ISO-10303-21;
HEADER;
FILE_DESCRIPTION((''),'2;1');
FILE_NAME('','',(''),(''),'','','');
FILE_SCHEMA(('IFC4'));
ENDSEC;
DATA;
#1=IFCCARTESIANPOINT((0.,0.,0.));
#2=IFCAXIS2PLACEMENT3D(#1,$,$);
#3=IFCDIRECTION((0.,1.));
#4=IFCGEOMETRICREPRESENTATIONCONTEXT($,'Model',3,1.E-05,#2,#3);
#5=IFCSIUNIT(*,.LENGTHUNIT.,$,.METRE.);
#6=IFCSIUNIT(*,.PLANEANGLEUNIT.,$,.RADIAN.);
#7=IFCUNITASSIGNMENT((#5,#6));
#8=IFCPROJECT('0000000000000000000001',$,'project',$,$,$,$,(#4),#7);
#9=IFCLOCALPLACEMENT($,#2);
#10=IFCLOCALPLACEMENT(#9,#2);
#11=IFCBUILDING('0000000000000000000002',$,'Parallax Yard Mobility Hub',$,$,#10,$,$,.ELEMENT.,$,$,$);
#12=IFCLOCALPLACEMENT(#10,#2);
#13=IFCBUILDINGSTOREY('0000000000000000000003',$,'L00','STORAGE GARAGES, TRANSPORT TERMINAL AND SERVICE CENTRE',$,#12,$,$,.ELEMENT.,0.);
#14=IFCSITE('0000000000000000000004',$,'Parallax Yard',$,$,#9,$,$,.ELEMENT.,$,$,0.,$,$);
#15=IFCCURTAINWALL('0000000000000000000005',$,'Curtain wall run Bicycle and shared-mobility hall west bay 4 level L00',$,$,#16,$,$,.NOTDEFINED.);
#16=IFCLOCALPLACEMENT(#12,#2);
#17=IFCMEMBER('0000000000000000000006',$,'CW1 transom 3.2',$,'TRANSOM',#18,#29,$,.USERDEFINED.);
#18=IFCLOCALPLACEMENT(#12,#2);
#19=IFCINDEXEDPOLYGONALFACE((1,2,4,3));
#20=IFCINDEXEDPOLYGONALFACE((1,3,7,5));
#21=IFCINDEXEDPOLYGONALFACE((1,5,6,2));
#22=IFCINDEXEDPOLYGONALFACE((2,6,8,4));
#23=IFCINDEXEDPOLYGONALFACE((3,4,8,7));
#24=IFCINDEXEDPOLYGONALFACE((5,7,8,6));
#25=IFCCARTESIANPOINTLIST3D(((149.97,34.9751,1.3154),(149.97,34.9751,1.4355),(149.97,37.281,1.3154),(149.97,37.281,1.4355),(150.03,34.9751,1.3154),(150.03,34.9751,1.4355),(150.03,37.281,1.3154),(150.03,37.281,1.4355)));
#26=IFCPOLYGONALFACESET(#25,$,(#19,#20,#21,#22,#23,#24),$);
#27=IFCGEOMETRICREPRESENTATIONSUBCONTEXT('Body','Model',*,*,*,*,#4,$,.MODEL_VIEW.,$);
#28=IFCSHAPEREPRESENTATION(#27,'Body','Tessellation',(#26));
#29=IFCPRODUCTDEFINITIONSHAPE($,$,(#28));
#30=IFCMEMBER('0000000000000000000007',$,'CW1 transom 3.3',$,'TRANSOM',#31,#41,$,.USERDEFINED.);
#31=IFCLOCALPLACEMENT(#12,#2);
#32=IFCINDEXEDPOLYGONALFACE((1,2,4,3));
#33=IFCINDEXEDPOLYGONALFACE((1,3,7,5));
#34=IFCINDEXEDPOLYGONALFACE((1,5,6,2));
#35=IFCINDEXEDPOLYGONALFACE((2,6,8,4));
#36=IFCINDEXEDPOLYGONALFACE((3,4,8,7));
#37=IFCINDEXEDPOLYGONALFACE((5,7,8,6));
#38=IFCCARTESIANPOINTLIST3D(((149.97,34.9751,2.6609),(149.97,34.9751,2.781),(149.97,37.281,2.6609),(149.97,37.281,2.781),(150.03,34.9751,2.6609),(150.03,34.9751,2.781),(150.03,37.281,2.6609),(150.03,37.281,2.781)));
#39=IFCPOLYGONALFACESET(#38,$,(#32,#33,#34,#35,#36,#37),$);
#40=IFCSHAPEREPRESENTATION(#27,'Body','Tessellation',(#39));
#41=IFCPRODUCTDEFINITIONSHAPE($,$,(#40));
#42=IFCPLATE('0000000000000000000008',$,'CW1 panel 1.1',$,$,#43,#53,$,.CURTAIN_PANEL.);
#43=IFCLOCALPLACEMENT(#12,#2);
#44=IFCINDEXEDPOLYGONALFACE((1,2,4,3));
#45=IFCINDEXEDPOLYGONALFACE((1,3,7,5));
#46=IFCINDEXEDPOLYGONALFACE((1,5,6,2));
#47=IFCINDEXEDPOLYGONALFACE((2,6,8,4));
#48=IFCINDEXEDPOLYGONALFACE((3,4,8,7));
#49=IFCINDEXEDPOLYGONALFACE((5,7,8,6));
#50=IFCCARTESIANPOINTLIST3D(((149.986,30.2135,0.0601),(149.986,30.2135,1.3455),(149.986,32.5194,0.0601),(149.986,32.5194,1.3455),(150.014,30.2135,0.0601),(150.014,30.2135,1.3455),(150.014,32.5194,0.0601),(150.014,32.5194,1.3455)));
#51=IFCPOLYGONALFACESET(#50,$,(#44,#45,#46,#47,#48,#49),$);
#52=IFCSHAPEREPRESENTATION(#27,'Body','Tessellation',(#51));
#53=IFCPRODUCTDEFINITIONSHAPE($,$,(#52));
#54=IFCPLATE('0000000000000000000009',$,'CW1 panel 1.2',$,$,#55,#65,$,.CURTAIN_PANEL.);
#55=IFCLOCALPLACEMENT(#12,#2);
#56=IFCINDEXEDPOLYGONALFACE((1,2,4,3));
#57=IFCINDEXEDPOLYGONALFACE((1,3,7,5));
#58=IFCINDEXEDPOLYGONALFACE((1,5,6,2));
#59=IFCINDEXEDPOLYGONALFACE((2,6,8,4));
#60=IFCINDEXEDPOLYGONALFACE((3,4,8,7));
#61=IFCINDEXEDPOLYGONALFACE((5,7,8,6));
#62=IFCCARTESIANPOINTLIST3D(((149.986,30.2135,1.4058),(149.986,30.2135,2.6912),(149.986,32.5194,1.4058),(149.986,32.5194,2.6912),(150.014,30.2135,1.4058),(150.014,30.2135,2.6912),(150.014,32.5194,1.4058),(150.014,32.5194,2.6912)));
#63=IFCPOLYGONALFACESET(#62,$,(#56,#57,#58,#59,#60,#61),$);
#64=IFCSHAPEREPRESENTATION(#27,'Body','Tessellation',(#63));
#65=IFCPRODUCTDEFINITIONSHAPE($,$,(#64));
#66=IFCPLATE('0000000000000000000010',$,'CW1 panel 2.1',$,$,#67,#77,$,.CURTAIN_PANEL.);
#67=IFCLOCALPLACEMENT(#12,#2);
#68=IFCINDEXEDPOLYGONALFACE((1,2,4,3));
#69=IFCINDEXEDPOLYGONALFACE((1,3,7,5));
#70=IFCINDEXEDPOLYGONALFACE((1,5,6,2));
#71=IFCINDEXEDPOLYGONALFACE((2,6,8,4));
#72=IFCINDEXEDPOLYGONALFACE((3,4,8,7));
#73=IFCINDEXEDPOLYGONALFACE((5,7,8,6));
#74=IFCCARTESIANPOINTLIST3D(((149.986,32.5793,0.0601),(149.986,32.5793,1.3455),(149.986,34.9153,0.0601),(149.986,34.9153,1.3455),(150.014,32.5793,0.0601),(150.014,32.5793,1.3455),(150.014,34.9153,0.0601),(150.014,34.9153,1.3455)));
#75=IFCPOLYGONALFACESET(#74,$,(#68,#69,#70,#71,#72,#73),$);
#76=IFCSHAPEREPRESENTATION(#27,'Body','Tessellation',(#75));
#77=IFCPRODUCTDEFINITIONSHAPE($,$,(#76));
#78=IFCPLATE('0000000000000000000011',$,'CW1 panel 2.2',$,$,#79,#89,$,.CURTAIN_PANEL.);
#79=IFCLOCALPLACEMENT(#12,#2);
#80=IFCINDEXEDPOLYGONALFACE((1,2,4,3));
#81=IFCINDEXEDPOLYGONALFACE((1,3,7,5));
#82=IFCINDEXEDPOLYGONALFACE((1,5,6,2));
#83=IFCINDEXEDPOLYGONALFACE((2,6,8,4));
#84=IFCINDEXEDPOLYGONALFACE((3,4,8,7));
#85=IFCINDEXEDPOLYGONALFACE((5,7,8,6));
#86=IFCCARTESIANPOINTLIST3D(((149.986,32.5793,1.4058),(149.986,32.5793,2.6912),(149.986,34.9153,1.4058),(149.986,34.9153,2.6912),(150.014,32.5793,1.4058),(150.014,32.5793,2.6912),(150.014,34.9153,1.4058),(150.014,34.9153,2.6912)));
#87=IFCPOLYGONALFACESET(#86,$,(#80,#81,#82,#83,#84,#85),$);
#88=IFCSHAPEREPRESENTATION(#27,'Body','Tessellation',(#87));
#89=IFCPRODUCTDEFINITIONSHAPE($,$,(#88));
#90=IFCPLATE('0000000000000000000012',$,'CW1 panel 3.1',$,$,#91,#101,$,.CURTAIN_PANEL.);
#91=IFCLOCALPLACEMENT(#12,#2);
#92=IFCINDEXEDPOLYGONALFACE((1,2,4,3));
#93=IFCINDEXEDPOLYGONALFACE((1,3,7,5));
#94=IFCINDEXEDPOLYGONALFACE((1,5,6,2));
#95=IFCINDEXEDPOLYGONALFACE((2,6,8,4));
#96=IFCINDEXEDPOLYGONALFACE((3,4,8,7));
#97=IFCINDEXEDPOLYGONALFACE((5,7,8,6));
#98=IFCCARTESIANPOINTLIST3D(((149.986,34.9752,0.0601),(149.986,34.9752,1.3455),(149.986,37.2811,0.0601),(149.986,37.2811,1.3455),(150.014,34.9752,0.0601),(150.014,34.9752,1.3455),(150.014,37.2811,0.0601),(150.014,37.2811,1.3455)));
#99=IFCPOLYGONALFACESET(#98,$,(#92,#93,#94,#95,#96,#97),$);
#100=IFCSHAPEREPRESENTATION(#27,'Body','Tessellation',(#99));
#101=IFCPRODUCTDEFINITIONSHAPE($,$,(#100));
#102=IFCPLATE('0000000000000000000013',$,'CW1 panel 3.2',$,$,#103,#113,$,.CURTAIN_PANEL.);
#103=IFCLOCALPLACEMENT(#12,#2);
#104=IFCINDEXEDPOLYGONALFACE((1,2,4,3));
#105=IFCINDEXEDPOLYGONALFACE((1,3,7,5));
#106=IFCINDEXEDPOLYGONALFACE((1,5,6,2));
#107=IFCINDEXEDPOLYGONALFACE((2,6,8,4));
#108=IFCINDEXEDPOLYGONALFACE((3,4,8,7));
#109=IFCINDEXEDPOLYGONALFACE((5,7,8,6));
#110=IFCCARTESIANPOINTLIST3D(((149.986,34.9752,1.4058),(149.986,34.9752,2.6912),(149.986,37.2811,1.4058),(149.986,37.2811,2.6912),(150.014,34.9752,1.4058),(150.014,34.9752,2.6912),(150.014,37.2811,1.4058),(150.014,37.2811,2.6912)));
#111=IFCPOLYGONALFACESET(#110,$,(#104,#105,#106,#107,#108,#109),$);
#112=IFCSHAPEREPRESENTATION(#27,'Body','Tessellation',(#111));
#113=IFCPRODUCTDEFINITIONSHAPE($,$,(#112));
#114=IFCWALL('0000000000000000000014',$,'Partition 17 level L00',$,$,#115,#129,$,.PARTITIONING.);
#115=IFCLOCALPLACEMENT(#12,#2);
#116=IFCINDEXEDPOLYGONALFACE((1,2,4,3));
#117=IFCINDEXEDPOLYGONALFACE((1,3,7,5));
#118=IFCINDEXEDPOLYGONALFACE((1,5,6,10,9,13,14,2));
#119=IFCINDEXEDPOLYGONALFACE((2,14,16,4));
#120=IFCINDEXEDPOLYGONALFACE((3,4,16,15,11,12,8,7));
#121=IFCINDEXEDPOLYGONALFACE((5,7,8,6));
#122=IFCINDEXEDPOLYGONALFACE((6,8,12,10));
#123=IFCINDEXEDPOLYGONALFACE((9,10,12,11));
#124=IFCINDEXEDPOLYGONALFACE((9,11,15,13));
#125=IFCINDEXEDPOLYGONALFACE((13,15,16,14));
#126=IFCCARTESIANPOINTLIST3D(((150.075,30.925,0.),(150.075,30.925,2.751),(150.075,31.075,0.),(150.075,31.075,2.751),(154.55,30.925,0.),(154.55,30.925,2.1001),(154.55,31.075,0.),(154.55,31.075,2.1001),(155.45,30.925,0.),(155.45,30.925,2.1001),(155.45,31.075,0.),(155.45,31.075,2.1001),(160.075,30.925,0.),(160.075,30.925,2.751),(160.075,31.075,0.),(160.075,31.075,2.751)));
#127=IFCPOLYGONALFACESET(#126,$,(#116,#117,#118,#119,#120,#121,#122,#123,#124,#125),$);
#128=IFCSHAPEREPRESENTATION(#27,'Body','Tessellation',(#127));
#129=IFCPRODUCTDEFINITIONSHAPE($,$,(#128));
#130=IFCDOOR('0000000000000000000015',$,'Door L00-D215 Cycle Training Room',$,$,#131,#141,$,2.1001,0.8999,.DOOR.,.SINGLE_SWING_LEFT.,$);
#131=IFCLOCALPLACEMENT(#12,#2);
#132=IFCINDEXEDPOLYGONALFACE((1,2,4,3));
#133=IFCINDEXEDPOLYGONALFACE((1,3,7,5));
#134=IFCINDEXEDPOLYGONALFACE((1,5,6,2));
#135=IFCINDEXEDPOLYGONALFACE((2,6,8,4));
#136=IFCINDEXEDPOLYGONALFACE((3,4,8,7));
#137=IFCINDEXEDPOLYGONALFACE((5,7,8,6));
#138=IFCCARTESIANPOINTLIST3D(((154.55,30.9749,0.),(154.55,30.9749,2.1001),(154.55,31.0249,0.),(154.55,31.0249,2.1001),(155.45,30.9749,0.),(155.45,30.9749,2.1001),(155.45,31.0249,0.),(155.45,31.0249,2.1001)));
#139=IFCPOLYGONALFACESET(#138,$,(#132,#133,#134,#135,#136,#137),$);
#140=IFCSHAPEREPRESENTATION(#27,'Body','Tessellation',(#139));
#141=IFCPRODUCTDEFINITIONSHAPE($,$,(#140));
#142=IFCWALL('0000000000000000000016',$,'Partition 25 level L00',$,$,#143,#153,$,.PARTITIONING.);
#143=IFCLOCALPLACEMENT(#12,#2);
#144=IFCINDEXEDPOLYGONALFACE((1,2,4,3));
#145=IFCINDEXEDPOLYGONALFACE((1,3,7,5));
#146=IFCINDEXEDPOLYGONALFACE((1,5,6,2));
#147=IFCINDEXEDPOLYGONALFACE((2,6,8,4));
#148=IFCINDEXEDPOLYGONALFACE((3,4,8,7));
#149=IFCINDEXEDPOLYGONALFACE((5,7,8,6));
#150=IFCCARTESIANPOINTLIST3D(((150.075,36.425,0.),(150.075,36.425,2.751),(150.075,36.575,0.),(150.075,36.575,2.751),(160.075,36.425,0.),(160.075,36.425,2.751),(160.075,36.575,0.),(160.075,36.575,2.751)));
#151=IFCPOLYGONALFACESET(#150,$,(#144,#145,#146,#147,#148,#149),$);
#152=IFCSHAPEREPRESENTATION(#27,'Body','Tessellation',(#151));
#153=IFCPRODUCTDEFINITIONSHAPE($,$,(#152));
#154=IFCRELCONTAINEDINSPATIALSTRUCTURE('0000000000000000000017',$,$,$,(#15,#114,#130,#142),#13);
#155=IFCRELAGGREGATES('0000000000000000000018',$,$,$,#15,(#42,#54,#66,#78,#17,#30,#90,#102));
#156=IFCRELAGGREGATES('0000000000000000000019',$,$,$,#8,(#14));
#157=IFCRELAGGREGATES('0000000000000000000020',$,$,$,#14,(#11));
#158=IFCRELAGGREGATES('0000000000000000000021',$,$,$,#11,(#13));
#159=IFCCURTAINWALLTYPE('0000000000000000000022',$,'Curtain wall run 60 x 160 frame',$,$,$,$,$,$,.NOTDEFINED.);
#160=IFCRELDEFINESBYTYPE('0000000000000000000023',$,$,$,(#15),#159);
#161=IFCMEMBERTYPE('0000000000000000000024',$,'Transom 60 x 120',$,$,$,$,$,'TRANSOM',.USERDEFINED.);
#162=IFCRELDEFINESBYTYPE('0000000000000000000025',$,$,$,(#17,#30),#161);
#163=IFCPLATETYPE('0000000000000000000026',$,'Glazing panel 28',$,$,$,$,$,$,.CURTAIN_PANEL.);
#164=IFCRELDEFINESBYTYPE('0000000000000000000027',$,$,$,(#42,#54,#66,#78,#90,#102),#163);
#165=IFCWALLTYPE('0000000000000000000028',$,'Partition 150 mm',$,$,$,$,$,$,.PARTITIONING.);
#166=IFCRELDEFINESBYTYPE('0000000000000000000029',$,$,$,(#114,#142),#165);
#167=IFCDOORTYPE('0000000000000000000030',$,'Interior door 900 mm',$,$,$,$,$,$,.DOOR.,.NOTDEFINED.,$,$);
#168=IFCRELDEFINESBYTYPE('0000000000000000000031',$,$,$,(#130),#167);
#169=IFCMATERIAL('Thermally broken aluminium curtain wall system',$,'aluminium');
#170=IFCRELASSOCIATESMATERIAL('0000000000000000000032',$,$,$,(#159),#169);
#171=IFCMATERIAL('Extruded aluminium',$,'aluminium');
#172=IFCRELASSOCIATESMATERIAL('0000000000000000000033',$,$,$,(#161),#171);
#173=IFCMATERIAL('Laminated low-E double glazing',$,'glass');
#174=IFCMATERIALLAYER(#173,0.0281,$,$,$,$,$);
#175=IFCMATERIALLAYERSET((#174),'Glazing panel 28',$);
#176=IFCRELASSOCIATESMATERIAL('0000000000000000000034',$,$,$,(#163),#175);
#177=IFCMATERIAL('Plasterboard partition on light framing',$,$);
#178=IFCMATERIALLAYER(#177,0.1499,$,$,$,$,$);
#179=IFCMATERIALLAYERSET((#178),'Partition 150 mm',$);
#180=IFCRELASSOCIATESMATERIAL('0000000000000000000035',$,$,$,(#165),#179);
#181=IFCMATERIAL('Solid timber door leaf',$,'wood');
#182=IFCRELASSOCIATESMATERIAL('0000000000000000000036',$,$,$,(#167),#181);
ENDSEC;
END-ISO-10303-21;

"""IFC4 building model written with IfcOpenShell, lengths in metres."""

from ifc_helpers import new_model, si_unit, direction, frame, frame_2d, origin, origin_2d, place, context, subcontext, project, spatial, rectangle, extrude, material, layer, layer_set, material_profile, profile_set, type_object, element, fill, aggregate, save


model = new_model("IFC4")

# Units and contexts
model_context = context("Model", 3, precision=1e-05, world=origin(), true_north=direction((0.0, 1.0)))
body_context = subcontext(model_context, "Body", "Model", "MODEL_VIEW")
ifc_project = project(units=[si_unit("LENGTHUNIT", "METRE"), si_unit("PLANEANGLEUNIT", "RADIAN")], contexts=[model_context])

# Site, building, storey
site_placement = place(None, origin())
site = spatial("IfcSite", under=ifc_project, at=site_placement, Name="Parallax Yard", CompositionType="ELEMENT", RefElevation=0.0)
building_placement = place(site_placement, origin())
building = spatial("IfcBuilding", under=site, at=building_placement, Name="Parallax Yard Mobility Hub", CompositionType="ELEMENT")
storey_placement = place(building_placement, origin())
storey = spatial("IfcBuildingStorey", under=building, at=storey_placement, Name="L00", Description="STORAGE GARAGES, TRANSPORT TERMINAL AND SERVICE CENTRE", CompositionType="ELEMENT", Elevation=0.0)

# Curtain wall, members, plates
ifc_material_1 = material(Name="Thermally broken aluminium curtain wall system", Category="aluminium")
curtain_wall_type = type_object("IfcCurtainWallType", Name="Curtain wall run 60 x 160 frame", PredefinedType="NOTDEFINED", material=ifc_material_1)
curtain_wall_placement = place(storey_placement, origin())
curtain_wall = element("IfcCurtainWall", 1, at=curtain_wall_placement, inside=storey, type_object=curtain_wall_type, Name="Curtain wall run Bicycle and shared-mobility hall west bay 4 level L00", PredefinedType="NOTDEFINED")
ifc_material_2 = material(Name="Extruded aluminium", Category="aluminium")
ifc_material_profile_1 = material_profile(ifc_material_2, rectangle(XDim=0.0601, YDim=0.1201, at=origin_2d()), Name="Transom 60 x 120")
ifc_profile_set_1 = profile_set([ifc_material_profile_1], Name="Extruded aluminium")
member_type_1 = type_object("IfcMemberType", Name="Transom 60 x 120", ElementType="TRANSOM", PredefinedType="USERDEFINED", material=ifc_profile_set_1)
member_1_placement = place(storey_placement, frame((150.0, 34.9751, 1.3755), z_axis=(0.0, 1.0, 0.0), x_axis=(-1.0, 0.0, 0.0)))
member_1 = element("IfcMember", 2, at=member_1_placement, type_object=member_type_1, Name="CW1 transom 3.2", ObjectType="TRANSOM", PredefinedType="USERDEFINED", context=body_context, shape_type="SweptSolid", body=[
    extrude(rectangle(XDim=0.0601, YDim=0.1201, at=origin_2d()), origin(), (0.0, 0.0, 1.0), 2.3059),
])
member_2_placement = place(storey_placement, frame((150.0, 34.9751, 2.7209), z_axis=(0.0, 1.0, 0.0), x_axis=(-1.0, 0.0, 0.0)))
member_2 = element("IfcMember", 3, at=member_2_placement, type_object=member_type_1, Name="CW1 transom 3.3", ObjectType="TRANSOM", PredefinedType="USERDEFINED", context=body_context, shape_type="SweptSolid", body=[
    extrude(rectangle(XDim=0.0601, YDim=0.1201, at=origin_2d()), origin(), (0.0, 0.0, 1.0), 2.3059),
])
ifc_material_3 = material(Name="Laminated low-E double glazing", Category="glass")
ifc_layer_1 = layer(ifc_material_3, 0.0281)
ifc_layer_set_1 = layer_set([ifc_layer_1], Name="Glazing panel 28")
plate_type = type_object("IfcPlateType", Name="Glazing panel 28", PredefinedType="CURTAIN_PANEL", material=ifc_layer_set_1)
plate_1_placement = place(storey_placement, frame((150.0, 31.3665, 0.0601), z_axis=(0.0, 0.0, 1.0), x_axis=(0.0, 1.0, 0.0)))
plate_1 = element("IfcPlate", 4, at=plate_1_placement, type_object=plate_type, Name="CW1 panel 1.1", PredefinedType="CURTAIN_PANEL", context=body_context, shape_type="SweptSolid", body=[
    extrude(rectangle(XDim=2.3059, YDim=0.0281, at=origin_2d()), origin(), (0.0, 0.0, 1.0), 1.2854),
])
plate_2_placement = place(storey_placement, frame((150.0, 31.3665, 1.4058), z_axis=(0.0, 0.0, 1.0), x_axis=(0.0, 1.0, 0.0)))
plate_2 = element("IfcPlate", 5, at=plate_2_placement, type_object=plate_type, Name="CW1 panel 1.2", PredefinedType="CURTAIN_PANEL", context=body_context, shape_type="SweptSolid", body=[
    extrude(rectangle(XDim=2.3059, YDim=0.0281, at=origin_2d()), origin(), (0.0, 0.0, 1.0), 1.2854),
])
plate_3_placement = place(storey_placement, frame((150.0, 33.7473, 0.0601), z_axis=(0.0, 0.0, 1.0), x_axis=(0.0, 1.0, 0.0)))
plate_3 = element("IfcPlate", 6, at=plate_3_placement, type_object=plate_type, Name="CW1 panel 2.1", PredefinedType="CURTAIN_PANEL", context=body_context, shape_type="SweptSolid", body=[
    extrude(rectangle(XDim=2.3359, YDim=0.0281, at=origin_2d()), origin(), (0.0, 0.0, 1.0), 1.2854),
])
plate_4_placement = place(storey_placement, frame((150.0, 33.7473, 1.4058), z_axis=(0.0, 0.0, 1.0), x_axis=(0.0, 1.0, 0.0)))
plate_4 = element("IfcPlate", 7, at=plate_4_placement, type_object=plate_type, Name="CW1 panel 2.2", PredefinedType="CURTAIN_PANEL", context=body_context, shape_type="SweptSolid", body=[
    extrude(rectangle(XDim=2.3359, YDim=0.0281, at=origin_2d()), origin(), (0.0, 0.0, 1.0), 1.2854),
])
plate_5_placement = place(storey_placement, frame((150.0, 36.1282, 0.0601), z_axis=(0.0, 0.0, 1.0), x_axis=(0.0, 1.0, 0.0)))
plate_5 = element("IfcPlate", 8, at=plate_5_placement, type_object=plate_type, Name="CW1 panel 3.1", PredefinedType="CURTAIN_PANEL", context=body_context, shape_type="SweptSolid", body=[
    extrude(rectangle(XDim=2.3059, YDim=0.0281, at=origin_2d()), origin(), (0.0, 0.0, 1.0), 1.2854),
])
plate_6_placement = place(storey_placement, frame((150.0, 36.1282, 1.4058), z_axis=(0.0, 0.0, 1.0), x_axis=(0.0, 1.0, 0.0)))
plate_6 = element("IfcPlate", 9, at=plate_6_placement, type_object=plate_type, Name="CW1 panel 3.2", PredefinedType="CURTAIN_PANEL", context=body_context, shape_type="SweptSolid", body=[
    extrude(rectangle(XDim=2.3059, YDim=0.0281, at=origin_2d()), origin(), (0.0, 0.0, 1.0), 1.2854),
])
aggregate(curtain_wall, [plate_1, plate_2, plate_3, plate_4, member_1, member_2, plate_5, plate_6])

# Wall, opening, door
ifc_material_4 = material(Name="Plasterboard partition on light framing")
ifc_layer_2 = layer(ifc_material_4, 0.1499)
ifc_layer_set_2 = layer_set([ifc_layer_2], Name="Partition 150 mm")
wall_type = type_object("IfcWallType", Name="Partition 150 mm", PredefinedType="PARTITIONING", material=ifc_layer_set_2)
wall_1_placement = place(storey_placement, frame((150.075, 31.0, 0.0), z_axis=(0.0, 0.0, 1.0), x_axis=(1.0, 0.0, 0.0)))
wall_1 = element("IfcWall", 10, at=wall_1_placement, inside=storey, type_object=wall_type, Name="Partition 17 level L00", PredefinedType="PARTITIONING", context=body_context, shape_type="SweptSolid", body=[
    extrude(rectangle(XDim=10.0, YDim=0.1499, at=frame_2d((5.0, 0.0))), origin(), (0.0, 0.0, 1.0), 2.751),
])
opening_placement = place(wall_1_placement, frame((4.4751, 0.0, 0.0)))
opening = element("IfcOpeningElement", 11, at=opening_placement, cuts=wall_1, PredefinedType="OPENING", context=body_context, shape_type="SweptSolid", body=[
    extrude(rectangle(XDim=0.8999, YDim=2.1001, at=frame_2d((0.45, 1.05))), frame((0.0, 0.085, 0.0), z_axis=(0.0, -1.0, 0.0), x_axis=(1.0, 0.0, 0.0)), (0.0, 0.0, 1.0), 0.1699),
])
ifc_material_5 = material(Name="Solid timber door leaf", Category="wood")
door_type = type_object("IfcDoorType", Name="Interior door 900 mm", OperationType="NOTDEFINED", PredefinedType="DOOR", material=ifc_material_5)
door_placement = place(opening_placement, origin())
door = element("IfcDoor", 12, at=door_placement, inside=storey, type_object=door_type, Name="Door L00-D215 Cycle Training Room", OperationType="SINGLE_SWING_LEFT", OverallHeight=2.1001, OverallWidth=0.8999, PredefinedType="DOOR", context=body_context, shape_type="SweptSolid", body=[
    extrude(rectangle(XDim=0.8999, YDim=2.1001, at=frame_2d((0.45, 1.05))), frame((0.0, 0.0249, 0.0), z_axis=(0.0, -1.0, 0.0), x_axis=(1.0, 0.0, 0.0)), (0.0, 0.0, 1.0), 0.05),
])
fill(opening, door)

# Wall
wall_2_placement = place(storey_placement, frame((150.075, 36.5, 0.0), z_axis=(0.0, 0.0, 1.0), x_axis=(1.0, 0.0, 0.0)))
element("IfcWall", 13, at=wall_2_placement, inside=storey, type_object=wall_type, Name="Partition 25 level L00", PredefinedType="PARTITIONING", context=body_context, shape_type="SweptSolid", body=[
    extrude(rectangle(XDim=10.0, YDim=0.1499, at=frame_2d((5.0, 0.0))), origin(), (0.0, 0.0, 1.0), 2.751),
])

save(model, "model.ifc")
